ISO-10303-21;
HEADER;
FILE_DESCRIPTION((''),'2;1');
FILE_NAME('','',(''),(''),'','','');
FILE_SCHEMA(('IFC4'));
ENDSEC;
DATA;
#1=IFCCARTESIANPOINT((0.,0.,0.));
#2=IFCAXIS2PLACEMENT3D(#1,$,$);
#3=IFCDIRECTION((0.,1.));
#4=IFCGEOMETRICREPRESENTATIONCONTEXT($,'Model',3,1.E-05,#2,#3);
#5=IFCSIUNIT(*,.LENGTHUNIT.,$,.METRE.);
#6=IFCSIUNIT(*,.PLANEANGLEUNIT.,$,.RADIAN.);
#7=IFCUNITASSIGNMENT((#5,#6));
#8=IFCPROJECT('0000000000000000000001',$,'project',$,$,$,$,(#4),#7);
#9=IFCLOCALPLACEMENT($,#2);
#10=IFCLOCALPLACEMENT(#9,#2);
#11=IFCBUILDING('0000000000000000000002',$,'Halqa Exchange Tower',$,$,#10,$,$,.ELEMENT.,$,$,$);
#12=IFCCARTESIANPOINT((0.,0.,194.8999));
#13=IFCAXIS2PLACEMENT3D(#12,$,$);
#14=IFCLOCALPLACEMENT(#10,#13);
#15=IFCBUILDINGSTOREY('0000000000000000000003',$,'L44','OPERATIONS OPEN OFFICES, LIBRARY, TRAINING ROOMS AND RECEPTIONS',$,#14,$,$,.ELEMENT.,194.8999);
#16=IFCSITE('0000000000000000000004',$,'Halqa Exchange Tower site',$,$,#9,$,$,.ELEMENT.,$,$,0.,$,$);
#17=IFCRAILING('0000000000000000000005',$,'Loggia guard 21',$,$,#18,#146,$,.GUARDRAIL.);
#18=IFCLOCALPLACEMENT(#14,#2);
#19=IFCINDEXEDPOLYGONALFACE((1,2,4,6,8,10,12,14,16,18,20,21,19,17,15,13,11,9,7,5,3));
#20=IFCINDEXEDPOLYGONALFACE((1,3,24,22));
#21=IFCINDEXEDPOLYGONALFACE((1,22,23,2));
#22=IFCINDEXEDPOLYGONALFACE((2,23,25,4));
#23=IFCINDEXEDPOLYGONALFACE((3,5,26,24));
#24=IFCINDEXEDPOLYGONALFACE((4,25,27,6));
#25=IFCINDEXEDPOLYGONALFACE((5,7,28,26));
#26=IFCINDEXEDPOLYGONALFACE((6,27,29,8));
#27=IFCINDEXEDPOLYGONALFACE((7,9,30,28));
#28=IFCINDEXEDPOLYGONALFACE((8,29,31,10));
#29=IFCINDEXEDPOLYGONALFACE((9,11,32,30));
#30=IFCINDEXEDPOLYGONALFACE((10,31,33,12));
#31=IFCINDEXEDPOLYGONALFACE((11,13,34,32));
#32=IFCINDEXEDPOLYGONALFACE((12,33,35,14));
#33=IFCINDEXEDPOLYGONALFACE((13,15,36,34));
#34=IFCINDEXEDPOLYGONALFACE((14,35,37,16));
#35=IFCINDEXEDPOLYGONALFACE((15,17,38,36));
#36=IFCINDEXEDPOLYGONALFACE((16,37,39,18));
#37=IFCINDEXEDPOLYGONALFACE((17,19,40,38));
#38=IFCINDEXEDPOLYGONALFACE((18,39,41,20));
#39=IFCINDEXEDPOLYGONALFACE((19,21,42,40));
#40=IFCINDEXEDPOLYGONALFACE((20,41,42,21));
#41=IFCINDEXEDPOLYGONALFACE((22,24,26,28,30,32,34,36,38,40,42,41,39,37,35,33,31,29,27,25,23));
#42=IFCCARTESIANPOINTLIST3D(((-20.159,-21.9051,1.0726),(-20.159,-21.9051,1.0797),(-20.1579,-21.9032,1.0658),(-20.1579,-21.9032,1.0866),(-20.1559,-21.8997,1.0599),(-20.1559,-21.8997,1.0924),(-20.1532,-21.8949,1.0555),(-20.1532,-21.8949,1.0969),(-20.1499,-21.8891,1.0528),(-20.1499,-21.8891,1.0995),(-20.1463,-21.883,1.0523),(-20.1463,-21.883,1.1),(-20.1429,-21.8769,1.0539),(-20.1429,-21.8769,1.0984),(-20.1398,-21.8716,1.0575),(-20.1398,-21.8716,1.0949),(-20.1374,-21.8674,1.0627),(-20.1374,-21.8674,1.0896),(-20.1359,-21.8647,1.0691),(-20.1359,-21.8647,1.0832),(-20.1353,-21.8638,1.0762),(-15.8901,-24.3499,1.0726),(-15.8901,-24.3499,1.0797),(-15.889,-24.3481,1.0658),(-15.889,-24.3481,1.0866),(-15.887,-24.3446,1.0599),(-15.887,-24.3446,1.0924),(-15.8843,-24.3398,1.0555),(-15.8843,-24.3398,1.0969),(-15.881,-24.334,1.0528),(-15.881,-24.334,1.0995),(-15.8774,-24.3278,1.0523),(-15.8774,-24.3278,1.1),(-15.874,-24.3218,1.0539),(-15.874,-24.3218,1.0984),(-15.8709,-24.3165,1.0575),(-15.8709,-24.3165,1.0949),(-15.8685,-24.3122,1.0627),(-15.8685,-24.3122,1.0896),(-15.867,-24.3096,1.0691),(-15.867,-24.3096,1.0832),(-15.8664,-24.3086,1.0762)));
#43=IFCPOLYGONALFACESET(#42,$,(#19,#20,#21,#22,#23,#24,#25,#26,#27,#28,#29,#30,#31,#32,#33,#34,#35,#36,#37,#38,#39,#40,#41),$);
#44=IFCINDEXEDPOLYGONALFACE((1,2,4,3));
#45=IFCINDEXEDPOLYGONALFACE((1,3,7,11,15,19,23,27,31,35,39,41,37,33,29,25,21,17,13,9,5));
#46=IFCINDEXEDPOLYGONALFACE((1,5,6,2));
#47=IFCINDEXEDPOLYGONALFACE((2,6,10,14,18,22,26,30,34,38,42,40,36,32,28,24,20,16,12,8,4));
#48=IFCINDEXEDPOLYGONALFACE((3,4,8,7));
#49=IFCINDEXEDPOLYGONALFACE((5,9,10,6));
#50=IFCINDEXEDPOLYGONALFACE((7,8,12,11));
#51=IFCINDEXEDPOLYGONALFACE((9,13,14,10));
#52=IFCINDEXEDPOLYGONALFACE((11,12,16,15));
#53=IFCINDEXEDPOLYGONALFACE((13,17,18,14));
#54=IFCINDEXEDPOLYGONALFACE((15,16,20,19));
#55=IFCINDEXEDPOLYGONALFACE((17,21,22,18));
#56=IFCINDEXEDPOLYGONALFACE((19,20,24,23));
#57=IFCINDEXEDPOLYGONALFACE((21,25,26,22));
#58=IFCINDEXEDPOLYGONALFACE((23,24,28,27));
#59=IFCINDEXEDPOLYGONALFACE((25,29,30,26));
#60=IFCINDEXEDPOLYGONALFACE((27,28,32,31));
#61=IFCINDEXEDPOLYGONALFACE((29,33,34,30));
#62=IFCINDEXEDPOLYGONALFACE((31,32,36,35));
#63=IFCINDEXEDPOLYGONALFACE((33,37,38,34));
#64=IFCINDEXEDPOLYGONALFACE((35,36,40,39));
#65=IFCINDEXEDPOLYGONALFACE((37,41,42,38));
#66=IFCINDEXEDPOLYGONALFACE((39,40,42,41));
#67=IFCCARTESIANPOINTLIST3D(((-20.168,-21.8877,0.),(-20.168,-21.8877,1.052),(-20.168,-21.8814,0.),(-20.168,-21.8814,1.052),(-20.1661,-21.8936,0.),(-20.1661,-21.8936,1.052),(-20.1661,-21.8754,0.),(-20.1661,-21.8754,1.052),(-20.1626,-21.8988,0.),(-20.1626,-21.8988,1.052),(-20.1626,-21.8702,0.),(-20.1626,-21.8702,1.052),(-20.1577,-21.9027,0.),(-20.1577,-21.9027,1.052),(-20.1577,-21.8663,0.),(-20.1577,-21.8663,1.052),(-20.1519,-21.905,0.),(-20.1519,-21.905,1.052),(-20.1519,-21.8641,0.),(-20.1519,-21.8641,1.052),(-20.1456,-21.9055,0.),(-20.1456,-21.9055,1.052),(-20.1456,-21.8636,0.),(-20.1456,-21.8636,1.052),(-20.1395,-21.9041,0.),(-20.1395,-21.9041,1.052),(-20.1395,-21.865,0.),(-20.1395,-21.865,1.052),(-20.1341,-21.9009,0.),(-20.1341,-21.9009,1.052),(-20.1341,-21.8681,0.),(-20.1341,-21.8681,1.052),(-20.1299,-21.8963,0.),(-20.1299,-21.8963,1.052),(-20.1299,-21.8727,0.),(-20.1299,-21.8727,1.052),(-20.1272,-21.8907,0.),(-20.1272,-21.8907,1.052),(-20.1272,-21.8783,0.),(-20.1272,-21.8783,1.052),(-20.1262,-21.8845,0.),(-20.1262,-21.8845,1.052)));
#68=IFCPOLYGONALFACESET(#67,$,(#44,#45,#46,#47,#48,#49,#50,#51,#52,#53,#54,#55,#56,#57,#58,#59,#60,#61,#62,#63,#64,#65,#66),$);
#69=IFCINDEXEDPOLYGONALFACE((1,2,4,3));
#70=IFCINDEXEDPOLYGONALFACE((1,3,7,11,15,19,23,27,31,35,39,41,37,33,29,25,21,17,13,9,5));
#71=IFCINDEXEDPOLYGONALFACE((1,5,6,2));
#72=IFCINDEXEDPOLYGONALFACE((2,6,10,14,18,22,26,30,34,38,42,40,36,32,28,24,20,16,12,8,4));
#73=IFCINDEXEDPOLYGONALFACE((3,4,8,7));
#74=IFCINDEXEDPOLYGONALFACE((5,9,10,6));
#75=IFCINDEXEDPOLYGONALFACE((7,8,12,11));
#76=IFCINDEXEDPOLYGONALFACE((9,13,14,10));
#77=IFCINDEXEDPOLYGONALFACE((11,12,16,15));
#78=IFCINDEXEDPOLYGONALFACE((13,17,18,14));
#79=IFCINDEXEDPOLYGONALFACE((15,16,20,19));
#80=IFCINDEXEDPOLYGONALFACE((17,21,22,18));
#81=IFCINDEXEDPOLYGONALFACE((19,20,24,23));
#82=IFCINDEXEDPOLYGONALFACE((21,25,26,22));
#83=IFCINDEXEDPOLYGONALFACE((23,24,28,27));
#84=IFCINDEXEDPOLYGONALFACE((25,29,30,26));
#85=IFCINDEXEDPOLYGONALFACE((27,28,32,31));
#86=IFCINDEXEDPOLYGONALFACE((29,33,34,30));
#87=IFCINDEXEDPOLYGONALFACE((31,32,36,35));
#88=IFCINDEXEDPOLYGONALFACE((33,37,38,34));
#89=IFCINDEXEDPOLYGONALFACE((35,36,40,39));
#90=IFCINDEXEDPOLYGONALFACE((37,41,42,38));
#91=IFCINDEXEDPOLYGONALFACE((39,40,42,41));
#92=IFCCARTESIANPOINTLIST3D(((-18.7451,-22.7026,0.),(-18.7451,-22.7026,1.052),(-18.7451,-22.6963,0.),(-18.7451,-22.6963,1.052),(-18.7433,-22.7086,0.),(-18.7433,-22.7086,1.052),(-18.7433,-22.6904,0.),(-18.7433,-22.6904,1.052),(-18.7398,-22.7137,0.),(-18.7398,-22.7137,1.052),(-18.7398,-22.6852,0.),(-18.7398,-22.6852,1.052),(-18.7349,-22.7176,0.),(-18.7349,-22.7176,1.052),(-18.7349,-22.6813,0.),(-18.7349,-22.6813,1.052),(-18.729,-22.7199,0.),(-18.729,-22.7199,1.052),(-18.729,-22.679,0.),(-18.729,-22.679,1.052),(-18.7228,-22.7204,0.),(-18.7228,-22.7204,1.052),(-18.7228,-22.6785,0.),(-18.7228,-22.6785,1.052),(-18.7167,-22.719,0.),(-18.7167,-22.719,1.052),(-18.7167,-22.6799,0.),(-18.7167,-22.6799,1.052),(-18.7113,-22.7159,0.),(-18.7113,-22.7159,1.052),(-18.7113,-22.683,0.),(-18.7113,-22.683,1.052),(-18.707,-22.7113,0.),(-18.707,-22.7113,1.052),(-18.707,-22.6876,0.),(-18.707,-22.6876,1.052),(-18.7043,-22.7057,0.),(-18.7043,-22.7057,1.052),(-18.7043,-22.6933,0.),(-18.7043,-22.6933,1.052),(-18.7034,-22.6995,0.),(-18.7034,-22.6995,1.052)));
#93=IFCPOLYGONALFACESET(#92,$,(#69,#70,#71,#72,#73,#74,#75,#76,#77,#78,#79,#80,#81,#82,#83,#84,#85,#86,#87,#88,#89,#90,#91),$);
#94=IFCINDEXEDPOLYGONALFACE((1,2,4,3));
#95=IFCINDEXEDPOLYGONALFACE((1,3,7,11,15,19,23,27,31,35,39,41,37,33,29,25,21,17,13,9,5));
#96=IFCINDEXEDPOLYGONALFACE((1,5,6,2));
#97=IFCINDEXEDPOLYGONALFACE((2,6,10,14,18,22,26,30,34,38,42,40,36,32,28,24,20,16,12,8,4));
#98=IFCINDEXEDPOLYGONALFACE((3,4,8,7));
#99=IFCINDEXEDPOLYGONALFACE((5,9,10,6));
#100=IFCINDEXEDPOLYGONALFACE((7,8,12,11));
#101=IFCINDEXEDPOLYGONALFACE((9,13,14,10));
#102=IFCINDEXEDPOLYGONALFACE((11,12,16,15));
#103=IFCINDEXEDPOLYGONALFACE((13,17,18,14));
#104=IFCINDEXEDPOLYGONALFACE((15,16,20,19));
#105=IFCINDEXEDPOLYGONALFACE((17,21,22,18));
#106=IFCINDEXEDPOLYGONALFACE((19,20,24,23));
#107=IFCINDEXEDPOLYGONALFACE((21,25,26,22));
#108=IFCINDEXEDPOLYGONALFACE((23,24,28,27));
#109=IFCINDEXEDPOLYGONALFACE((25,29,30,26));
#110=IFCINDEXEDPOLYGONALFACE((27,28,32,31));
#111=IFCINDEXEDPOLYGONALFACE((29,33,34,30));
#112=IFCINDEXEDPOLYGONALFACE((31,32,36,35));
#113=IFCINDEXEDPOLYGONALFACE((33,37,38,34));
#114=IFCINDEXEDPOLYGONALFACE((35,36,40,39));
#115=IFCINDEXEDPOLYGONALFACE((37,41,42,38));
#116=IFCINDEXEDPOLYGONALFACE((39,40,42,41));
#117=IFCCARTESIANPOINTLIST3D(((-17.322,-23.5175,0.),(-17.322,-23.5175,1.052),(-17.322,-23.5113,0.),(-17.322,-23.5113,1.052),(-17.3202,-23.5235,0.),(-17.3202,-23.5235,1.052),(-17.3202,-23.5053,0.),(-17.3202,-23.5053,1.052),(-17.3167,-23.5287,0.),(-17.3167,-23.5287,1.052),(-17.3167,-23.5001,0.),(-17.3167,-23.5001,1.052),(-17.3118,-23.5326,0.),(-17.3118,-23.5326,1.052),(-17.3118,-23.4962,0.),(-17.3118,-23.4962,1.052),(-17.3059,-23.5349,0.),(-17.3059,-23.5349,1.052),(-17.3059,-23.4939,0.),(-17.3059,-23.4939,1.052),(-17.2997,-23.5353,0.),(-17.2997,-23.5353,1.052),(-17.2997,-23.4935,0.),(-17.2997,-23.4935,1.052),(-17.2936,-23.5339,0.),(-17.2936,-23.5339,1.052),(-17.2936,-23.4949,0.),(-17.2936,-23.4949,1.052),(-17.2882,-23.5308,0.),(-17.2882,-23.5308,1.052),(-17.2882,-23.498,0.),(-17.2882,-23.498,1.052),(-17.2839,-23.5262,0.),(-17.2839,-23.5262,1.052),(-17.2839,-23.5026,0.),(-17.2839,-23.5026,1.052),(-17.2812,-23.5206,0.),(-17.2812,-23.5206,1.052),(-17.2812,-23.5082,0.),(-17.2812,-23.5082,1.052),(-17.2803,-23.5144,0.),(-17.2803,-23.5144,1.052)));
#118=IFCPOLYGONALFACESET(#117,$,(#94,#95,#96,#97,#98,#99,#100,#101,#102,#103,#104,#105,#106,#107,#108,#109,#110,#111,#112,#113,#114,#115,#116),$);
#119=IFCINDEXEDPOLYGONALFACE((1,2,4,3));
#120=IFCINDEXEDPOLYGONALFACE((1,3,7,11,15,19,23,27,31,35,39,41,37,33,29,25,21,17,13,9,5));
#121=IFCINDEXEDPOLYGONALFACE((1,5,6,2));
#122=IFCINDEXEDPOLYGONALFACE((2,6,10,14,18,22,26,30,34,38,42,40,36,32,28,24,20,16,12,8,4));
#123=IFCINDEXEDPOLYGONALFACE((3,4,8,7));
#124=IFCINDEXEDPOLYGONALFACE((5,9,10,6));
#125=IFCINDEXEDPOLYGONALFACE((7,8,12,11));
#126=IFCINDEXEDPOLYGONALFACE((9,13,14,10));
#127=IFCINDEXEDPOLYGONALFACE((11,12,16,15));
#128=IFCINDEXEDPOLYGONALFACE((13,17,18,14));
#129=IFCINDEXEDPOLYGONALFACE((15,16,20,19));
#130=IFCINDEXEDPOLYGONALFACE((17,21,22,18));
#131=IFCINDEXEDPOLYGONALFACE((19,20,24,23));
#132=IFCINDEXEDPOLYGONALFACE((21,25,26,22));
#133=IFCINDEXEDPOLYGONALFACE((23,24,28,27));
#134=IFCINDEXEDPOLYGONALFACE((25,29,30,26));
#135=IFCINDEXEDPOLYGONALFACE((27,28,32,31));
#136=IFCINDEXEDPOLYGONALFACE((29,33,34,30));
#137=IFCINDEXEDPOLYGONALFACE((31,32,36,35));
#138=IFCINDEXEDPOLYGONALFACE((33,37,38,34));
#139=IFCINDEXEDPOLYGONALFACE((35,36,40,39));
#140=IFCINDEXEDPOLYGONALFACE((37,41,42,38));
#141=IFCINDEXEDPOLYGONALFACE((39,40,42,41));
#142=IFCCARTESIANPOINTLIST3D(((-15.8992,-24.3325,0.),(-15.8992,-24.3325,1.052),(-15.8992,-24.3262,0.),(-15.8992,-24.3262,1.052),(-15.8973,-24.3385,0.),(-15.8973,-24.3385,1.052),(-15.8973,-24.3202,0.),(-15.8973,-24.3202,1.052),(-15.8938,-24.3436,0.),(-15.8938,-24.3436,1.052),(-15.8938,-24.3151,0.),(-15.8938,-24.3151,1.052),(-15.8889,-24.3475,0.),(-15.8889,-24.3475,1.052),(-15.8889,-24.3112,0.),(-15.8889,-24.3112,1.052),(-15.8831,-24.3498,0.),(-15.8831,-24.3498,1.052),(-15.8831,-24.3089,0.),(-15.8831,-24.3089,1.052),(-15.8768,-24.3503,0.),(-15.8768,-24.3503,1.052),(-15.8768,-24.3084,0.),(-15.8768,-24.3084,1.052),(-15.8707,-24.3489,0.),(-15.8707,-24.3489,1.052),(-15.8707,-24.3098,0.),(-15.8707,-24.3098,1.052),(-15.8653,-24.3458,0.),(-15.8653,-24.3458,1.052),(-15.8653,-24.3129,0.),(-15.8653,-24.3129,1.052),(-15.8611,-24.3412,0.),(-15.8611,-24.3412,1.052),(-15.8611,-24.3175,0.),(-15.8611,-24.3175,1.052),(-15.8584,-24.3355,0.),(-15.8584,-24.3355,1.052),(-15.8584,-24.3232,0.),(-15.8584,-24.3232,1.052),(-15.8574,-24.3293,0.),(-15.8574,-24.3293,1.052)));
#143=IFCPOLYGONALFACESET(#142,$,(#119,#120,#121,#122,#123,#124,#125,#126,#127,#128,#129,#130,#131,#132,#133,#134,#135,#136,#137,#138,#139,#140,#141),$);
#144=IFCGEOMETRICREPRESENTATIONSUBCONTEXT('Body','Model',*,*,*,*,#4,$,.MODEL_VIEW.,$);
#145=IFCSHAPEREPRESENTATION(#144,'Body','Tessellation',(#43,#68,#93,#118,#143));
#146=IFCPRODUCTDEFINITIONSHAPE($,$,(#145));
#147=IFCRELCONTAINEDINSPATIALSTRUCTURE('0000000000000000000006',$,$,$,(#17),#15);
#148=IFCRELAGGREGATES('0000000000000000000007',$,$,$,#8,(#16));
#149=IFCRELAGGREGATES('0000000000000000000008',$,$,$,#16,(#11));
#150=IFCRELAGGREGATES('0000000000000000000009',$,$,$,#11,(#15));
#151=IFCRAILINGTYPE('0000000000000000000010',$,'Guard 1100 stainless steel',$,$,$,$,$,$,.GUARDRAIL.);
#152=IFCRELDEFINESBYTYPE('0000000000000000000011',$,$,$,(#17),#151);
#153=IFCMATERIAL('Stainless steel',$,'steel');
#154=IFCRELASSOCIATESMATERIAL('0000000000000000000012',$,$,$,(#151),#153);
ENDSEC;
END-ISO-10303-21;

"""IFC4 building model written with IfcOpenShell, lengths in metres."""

from ifc_helpers import new_model, si_unit, direction, frame, origin, origin_2d, place, context, subcontext, project, spatial, circle, extrude, material, type_object, element, save


model = new_model("IFC4")

# Units and contexts
model_context = context("Model", 3, precision=1e-05, world=origin(), true_north=direction((0.0, 1.0)))
body_context = subcontext(model_context, "Body", "Model", "MODEL_VIEW")
ifc_project = project(units=[si_unit("LENGTHUNIT", "METRE"), si_unit("PLANEANGLEUNIT", "RADIAN")], contexts=[model_context])

# Site, building, storey
site_placement = place(None, origin())
site = spatial("IfcSite", under=ifc_project, at=site_placement, Name="Halqa Exchange Tower site", CompositionType="ELEMENT", RefElevation=0.0)
building_placement = place(site_placement, origin())
building = spatial("IfcBuilding", under=site, at=building_placement, Name="Halqa Exchange Tower", CompositionType="ELEMENT")
storey_placement = place(building_placement, frame((0.0, 0.0, 194.8999)))
storey = spatial("IfcBuildingStorey", under=building, at=storey_placement, Name="L44", Description="OPERATIONS OPEN OFFICES, LIBRARY, TRAINING ROOMS AND RECEPTIONS", CompositionType="ELEMENT", Elevation=194.8999)

# Railing
ifc_material_1 = material(Name="Stainless steel", Category="steel")
railing_type = type_object("IfcRailingType", Name="Guard 1100 stainless steel", PredefinedType="GUARDRAIL", material=ifc_material_1)
railing_1_placement = place(storey_placement, frame((-20.1472, -21.8845, 0.0)))
element("IfcRailing", 1, at=railing_1_placement, inside=storey, type_object=railing_type, Name="Loggia guard 21", PredefinedType="GUARDRAIL", context=body_context, shape_type="SweptSolid", body=[
    extrude(circle(Radius=0.0239, at=origin_2d()), frame((0.0, 0.0, 1.0762), z_axis=(0.86776, -0.496983, 0.0), x_axis=(0.496983, 0.86776, 0.0)), (0.0, 0.0, 1.0), 4.9194),
    extrude(circle(Radius=0.021, at=origin_2d()), origin(), (0.0, 0.0, 1.0), 1.052),
    extrude(circle(Radius=0.021, at=origin_2d()), frame((1.4229, -0.8149, 0.0)), (0.0, 0.0, 1.0), 1.052),
    extrude(circle(Radius=0.021, at=origin_2d()), frame((2.8459, -1.6299, 0.0)), (0.0, 0.0, 1.0), 1.052),
    extrude(circle(Radius=0.021, at=origin_2d()), frame((4.2688, -2.4448, 0.0)), (0.0, 0.0, 1.0), 1.052),
])

save(model, "model.ifc")
